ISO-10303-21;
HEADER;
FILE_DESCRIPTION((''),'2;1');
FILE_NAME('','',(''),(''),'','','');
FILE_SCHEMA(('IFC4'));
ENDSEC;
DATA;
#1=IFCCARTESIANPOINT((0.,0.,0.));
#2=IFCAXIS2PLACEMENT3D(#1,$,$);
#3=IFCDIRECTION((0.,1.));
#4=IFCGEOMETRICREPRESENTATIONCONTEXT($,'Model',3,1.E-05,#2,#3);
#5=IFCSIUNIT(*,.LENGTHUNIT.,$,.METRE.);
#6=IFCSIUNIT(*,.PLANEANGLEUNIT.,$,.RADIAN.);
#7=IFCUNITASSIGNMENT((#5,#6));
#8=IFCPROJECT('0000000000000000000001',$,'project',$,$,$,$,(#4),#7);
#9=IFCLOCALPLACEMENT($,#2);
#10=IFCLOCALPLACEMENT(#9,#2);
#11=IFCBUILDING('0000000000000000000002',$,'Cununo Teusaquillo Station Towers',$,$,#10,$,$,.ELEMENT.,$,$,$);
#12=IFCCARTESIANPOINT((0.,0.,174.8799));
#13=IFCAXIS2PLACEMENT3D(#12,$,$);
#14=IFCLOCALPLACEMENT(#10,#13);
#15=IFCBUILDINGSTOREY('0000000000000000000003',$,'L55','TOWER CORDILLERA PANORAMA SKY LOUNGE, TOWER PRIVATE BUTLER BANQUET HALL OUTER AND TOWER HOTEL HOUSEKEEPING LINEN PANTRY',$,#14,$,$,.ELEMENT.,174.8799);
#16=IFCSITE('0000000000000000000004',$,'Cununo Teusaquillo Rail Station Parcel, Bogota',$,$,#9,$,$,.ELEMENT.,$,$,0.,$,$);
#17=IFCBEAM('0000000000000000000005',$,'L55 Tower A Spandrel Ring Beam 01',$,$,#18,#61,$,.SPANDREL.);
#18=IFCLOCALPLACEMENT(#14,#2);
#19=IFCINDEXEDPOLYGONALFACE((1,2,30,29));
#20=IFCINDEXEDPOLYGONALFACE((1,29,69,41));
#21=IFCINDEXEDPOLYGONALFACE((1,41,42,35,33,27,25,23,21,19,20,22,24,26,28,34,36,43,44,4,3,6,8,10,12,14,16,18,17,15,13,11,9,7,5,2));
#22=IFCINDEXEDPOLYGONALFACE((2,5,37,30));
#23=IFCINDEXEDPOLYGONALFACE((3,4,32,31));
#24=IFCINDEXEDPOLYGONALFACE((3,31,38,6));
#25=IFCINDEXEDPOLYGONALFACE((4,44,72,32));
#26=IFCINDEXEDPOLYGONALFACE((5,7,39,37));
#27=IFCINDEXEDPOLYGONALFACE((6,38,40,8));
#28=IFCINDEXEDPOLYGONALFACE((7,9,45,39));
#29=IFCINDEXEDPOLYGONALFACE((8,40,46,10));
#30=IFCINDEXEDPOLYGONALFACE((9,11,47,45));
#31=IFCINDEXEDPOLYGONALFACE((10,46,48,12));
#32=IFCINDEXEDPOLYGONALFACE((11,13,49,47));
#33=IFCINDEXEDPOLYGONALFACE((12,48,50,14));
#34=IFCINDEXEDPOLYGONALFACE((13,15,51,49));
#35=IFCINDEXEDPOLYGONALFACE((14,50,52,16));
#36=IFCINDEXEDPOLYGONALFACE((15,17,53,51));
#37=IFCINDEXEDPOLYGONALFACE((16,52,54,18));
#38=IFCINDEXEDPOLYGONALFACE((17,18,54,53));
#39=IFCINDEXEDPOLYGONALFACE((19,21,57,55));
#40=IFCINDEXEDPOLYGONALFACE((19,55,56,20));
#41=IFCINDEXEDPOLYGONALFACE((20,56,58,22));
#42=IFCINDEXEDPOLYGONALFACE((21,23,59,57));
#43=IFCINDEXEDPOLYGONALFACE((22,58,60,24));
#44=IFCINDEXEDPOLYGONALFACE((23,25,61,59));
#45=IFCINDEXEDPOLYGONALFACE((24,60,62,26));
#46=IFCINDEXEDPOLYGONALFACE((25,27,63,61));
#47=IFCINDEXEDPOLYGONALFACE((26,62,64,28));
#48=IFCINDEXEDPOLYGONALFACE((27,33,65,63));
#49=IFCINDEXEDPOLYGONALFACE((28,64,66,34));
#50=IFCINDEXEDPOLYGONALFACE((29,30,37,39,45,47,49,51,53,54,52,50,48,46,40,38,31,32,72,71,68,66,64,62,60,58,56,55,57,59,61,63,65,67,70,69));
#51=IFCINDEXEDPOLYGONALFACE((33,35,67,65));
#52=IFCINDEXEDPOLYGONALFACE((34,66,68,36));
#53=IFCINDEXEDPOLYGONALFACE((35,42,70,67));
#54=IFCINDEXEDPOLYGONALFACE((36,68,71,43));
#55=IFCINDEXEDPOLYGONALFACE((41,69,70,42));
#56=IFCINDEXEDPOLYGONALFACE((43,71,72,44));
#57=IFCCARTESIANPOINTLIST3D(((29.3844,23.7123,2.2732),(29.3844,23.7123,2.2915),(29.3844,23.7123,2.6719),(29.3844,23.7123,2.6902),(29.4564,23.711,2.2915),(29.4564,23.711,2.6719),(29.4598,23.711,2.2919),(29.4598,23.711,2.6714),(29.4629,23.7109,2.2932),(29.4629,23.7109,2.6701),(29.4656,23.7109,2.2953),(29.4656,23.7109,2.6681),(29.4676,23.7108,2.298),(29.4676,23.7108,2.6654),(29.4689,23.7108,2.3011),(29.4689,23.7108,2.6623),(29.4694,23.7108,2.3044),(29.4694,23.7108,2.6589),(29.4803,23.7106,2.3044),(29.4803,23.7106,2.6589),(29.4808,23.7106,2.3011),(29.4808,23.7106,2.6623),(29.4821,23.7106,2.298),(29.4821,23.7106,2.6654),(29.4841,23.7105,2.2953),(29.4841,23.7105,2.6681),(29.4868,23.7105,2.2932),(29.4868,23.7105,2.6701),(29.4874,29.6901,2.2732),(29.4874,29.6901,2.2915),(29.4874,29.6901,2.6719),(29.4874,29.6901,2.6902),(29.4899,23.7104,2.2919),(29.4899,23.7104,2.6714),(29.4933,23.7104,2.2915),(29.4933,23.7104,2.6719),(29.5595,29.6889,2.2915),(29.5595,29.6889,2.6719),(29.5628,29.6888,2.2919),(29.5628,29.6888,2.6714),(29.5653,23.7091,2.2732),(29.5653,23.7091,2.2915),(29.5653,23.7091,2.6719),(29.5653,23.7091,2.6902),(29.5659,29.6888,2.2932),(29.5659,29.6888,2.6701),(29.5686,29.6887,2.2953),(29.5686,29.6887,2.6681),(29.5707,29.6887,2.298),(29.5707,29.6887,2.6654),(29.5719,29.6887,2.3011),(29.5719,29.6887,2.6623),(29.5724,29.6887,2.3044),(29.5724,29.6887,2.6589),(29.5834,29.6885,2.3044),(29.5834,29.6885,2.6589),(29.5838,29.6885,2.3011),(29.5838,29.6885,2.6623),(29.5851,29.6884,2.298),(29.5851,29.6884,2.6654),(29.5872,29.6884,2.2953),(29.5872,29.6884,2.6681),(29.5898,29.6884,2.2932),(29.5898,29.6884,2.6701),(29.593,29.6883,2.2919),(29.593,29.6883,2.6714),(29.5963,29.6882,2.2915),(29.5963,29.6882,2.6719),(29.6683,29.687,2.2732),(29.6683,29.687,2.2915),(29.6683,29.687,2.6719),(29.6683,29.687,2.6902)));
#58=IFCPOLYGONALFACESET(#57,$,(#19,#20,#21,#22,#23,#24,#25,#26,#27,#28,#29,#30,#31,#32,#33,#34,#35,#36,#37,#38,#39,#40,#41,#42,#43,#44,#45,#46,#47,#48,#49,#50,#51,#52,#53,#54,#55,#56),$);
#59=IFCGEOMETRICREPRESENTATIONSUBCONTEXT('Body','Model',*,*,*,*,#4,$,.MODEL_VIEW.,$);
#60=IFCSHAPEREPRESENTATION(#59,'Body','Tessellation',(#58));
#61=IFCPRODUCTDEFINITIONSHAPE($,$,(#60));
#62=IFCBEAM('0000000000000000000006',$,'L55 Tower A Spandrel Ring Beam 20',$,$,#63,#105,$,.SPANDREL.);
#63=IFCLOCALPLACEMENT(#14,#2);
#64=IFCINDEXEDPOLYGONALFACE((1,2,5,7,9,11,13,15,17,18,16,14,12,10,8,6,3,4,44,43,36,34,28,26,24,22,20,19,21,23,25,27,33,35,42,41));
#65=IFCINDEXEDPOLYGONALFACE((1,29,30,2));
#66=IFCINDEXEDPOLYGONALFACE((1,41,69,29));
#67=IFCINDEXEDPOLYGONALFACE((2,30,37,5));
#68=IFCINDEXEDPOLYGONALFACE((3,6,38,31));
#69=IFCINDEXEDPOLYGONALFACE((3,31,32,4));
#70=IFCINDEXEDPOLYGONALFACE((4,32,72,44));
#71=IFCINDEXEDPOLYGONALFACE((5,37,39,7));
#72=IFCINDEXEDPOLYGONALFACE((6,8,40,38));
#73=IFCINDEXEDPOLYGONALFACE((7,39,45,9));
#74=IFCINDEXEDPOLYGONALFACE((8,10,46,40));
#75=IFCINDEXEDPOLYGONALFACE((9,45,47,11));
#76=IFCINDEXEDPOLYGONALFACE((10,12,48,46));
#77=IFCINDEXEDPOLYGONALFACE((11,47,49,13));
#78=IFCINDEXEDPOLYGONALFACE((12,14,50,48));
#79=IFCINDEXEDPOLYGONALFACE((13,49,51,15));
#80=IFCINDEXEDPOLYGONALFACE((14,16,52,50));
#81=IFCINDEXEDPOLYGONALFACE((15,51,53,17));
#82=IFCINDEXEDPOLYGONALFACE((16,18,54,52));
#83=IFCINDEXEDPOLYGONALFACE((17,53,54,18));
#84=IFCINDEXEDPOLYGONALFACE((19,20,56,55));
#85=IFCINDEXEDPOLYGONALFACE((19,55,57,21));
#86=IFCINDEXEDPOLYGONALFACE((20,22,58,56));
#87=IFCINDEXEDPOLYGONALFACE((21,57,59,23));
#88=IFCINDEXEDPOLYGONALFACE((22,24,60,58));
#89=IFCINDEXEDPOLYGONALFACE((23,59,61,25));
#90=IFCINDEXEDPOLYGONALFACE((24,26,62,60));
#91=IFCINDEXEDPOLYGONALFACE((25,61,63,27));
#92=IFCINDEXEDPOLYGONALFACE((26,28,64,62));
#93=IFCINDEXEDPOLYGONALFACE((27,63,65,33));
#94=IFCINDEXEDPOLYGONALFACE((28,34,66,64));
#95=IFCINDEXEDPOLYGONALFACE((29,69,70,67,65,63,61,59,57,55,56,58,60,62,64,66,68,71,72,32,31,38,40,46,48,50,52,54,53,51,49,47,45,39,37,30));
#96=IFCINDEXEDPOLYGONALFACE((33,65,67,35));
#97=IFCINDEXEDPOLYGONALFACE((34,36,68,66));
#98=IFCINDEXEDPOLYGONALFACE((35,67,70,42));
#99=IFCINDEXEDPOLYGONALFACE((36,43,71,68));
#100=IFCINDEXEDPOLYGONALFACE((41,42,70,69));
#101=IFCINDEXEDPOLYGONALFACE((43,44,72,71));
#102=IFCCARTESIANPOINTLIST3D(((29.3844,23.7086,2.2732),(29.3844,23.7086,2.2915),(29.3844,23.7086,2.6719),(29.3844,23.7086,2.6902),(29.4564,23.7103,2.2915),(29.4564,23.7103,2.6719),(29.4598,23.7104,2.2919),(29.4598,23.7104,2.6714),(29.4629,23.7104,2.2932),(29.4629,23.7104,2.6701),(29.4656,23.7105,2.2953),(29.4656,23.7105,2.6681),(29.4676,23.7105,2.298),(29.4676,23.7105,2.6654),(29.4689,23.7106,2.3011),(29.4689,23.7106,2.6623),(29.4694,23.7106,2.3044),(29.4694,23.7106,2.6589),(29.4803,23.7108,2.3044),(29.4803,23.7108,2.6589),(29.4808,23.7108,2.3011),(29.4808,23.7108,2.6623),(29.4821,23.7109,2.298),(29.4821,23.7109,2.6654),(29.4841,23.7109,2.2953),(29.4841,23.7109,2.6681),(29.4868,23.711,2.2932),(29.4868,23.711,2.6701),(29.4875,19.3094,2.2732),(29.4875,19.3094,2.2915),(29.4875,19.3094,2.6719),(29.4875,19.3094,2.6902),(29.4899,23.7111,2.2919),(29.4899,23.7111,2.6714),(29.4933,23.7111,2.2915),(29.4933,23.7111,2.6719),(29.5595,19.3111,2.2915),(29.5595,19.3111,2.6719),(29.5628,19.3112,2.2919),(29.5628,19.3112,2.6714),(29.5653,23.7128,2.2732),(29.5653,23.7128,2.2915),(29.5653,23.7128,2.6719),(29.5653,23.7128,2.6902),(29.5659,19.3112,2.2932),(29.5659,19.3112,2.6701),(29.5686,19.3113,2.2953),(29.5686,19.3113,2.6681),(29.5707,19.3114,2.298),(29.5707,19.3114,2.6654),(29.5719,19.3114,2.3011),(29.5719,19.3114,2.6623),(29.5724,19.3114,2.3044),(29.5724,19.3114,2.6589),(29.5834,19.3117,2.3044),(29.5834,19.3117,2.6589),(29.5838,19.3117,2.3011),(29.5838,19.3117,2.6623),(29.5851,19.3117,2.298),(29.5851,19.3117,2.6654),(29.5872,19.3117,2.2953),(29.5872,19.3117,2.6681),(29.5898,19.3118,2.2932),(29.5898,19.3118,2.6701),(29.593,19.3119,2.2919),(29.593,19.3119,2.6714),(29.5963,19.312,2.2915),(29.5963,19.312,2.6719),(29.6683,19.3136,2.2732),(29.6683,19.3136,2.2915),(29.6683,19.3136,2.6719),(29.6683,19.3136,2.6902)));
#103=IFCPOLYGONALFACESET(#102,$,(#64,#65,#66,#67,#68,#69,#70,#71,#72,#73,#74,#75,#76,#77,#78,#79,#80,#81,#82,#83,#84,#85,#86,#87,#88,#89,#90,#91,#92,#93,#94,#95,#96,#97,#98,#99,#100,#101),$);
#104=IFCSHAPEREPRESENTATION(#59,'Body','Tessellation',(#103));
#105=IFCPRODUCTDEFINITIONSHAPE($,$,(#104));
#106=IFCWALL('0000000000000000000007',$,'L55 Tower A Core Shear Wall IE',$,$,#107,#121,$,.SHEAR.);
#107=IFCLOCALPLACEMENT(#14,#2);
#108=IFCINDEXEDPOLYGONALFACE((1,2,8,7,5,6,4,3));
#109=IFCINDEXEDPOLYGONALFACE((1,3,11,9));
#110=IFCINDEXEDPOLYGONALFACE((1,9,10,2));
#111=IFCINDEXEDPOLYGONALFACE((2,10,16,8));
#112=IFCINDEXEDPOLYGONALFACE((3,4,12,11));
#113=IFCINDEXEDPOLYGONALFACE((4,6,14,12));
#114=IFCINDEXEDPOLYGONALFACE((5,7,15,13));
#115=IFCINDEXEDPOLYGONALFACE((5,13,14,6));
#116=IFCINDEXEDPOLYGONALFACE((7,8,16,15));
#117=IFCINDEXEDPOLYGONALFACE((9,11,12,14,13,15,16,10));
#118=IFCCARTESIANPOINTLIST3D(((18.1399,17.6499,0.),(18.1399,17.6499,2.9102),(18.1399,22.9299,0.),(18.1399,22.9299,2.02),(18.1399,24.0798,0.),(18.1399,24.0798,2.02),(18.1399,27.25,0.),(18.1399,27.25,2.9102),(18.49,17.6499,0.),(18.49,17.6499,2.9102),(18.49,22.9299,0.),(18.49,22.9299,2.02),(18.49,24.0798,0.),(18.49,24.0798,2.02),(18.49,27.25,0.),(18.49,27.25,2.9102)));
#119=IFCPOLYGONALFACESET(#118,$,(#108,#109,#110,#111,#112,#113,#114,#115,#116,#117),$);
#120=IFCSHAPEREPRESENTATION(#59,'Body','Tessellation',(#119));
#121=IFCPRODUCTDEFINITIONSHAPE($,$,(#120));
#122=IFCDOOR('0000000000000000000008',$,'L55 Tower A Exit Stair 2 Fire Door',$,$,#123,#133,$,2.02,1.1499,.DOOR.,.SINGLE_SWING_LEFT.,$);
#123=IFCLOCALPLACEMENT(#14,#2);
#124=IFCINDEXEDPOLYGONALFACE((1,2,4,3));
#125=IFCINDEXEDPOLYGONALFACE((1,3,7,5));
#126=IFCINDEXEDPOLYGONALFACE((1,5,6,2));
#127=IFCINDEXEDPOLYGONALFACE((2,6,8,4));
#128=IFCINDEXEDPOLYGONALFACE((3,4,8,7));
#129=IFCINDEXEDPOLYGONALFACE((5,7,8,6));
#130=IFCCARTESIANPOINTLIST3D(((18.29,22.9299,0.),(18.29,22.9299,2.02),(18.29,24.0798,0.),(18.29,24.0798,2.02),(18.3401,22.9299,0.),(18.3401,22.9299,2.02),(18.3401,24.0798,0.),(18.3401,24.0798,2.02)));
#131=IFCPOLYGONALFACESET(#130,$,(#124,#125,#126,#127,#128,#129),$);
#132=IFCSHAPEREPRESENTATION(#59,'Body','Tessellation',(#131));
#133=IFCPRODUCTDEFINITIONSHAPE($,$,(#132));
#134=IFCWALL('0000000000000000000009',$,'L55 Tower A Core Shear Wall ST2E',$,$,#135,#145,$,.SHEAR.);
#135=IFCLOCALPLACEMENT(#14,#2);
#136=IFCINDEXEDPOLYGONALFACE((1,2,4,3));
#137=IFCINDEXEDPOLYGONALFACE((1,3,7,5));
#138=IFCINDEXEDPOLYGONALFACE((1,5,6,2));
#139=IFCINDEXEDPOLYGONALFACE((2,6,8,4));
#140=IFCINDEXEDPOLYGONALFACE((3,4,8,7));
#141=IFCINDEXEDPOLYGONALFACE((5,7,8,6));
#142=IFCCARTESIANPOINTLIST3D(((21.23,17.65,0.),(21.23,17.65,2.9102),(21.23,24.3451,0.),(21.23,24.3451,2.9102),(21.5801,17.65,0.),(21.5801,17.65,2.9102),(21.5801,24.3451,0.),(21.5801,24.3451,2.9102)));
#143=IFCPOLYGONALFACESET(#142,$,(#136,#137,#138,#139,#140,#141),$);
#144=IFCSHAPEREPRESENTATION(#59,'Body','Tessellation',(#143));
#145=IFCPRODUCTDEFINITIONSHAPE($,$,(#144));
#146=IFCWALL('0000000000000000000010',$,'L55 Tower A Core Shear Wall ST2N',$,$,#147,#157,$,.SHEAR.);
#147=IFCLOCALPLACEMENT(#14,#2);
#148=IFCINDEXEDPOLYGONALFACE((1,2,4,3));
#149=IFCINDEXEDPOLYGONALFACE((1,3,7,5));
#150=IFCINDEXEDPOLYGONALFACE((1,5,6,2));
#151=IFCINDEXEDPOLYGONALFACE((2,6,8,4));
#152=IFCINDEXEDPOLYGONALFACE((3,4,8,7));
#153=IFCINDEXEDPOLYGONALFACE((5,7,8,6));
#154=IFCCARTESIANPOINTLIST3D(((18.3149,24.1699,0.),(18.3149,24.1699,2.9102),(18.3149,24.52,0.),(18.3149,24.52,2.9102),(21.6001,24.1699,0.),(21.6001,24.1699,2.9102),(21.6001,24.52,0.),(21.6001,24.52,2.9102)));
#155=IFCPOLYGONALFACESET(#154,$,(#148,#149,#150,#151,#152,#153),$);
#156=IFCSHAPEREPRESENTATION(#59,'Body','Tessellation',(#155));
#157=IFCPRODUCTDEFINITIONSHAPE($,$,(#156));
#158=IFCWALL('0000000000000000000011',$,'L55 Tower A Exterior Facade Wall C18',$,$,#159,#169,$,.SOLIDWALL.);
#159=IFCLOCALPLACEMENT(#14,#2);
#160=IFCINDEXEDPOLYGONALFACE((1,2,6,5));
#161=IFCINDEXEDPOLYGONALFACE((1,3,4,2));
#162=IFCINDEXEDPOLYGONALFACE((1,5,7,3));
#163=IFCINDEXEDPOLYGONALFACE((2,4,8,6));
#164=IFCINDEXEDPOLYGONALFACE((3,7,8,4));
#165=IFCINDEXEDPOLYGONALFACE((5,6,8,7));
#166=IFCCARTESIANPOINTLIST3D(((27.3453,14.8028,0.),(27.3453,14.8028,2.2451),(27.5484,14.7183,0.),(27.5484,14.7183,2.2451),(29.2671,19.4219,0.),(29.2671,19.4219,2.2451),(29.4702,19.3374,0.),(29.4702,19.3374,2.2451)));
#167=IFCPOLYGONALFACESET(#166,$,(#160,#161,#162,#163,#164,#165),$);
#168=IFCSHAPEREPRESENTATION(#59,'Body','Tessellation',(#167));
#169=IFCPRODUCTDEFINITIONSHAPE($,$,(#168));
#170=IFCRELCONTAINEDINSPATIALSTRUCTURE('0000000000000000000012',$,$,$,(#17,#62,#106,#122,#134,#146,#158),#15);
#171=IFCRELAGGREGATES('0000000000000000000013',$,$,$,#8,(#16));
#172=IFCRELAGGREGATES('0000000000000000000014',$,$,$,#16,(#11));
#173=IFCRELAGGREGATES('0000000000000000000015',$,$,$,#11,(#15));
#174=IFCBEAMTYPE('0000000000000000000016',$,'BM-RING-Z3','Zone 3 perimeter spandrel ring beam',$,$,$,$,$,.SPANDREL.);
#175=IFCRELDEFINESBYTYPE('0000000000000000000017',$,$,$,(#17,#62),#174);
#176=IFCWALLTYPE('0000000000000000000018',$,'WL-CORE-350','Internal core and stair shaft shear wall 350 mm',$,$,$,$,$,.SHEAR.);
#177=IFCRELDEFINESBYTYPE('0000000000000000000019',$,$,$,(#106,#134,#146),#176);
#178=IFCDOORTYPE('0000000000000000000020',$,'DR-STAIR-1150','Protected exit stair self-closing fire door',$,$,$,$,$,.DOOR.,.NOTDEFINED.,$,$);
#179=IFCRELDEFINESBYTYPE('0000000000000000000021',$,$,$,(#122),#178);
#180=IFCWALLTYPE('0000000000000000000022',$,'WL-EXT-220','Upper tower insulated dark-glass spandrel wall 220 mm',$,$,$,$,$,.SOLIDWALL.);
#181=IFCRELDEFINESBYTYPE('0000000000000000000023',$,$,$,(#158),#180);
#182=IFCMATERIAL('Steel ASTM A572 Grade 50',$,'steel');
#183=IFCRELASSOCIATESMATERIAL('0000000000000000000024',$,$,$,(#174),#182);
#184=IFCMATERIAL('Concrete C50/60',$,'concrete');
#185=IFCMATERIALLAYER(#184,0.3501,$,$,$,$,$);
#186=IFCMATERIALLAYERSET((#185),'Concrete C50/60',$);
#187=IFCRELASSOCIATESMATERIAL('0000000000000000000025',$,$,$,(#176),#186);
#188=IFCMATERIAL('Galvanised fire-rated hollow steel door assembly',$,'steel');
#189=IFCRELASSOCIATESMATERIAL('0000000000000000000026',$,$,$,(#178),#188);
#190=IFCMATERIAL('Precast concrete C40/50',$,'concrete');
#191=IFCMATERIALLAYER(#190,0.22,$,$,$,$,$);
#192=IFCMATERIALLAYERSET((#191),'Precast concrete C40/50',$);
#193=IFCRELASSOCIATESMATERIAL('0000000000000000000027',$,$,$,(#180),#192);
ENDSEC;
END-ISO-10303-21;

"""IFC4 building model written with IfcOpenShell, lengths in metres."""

from ifc_helpers import new_model, si_unit, direction, frame, frame_2d, origin, origin_2d, place, context, subcontext, project, spatial, rectangle, i_section, extrude, source, transform, mapped, material, layer, layer_set, material_profile, profile_set, type_object, element, fill, save


model = new_model("IFC4")

# Units and contexts
model_context = context("Model", 3, precision=1e-05, world=origin(), true_north=direction((0.0, 1.0)))
body_context = subcontext(model_context, "Body", "Model", "MODEL_VIEW")
ifc_project = project(units=[si_unit("LENGTHUNIT", "METRE"), si_unit("PLANEANGLEUNIT", "RADIAN")], contexts=[model_context])

# Site, building, storey
site_placement = place(None, origin())
site = spatial("IfcSite", under=ifc_project, at=site_placement, Name="Cununo Teusaquillo Rail Station Parcel, Bogota", CompositionType="ELEMENT", RefElevation=0.0)
building_placement = place(site_placement, origin())
building = spatial("IfcBuilding", under=site, at=building_placement, Name="Cununo Teusaquillo Station Towers", CompositionType="ELEMENT")
storey_placement = place(building_placement, frame((0.0, 0.0, 174.8799)))
storey = spatial("IfcBuildingStorey", under=building, at=storey_placement, Name="L55", Description="TOWER CORDILLERA PANORAMA SKY LOUNGE, TOWER PRIVATE BUTLER BANQUET HALL OUTER AND TOWER HOTEL HOUSEKEEPING LINEN PANTRY", CompositionType="ELEMENT", Elevation=174.8799)

# Beams
ifc_material_1 = material(Name="Steel ASTM A572 Grade 50", Category="steel")
ifc_material_profile_1 = material_profile(ifc_material_1, i_section(OverallWidth=0.1809, OverallDepth=0.417, WebThickness=0.011, FlangeThickness=0.0183, FilletRadius=0.0129, at=origin_2d()), Name="W16X57")
ifc_profile_set_1 = profile_set([ifc_material_profile_1], Name="Steel ASTM A572 Grade 50")
beam_type_1 = type_object("IfcBeamType", Name="BM-RING-Z3", Description="Zone 3 perimeter spandrel ring beam", PredefinedType="SPANDREL", material=ifc_profile_set_1)
beam_1_placement = place(storey_placement, frame((29.4749, 23.7107, 2.4817), z_axis=(0.017232, 0.999852, 0.0), x_axis=(-0.999852, 0.017232, 0.0)))
element("IfcBeam", 1, at=beam_1_placement, inside=storey, type_object=beam_type_1, Name="L55 Tower A Spandrel Ring Beam 01", PredefinedType="SPANDREL", context=body_context, shape_type="SweptSolid", body=[
    extrude(i_section(OverallWidth=0.1809, OverallDepth=0.417, WebThickness=0.011, FlangeThickness=0.0183, FilletRadius=0.0129, at=origin_2d()), origin(), (0.0, 0.0, 1.0), 5.9788),
])
beam_2_placement = place(storey_placement, frame((29.5779, 19.3115, 2.4817), z_axis=(-0.023413, 0.999726, 0.0), x_axis=(-0.999726, -0.023413, 0.0)))
element("IfcBeam", 2, at=beam_2_placement, inside=storey, type_object=beam_type_1, Name="L55 Tower A Spandrel Ring Beam 20", PredefinedType="SPANDREL", context=body_context, shape_type="SweptSolid", body=[
    extrude(i_section(OverallWidth=0.1809, OverallDepth=0.417, WebThickness=0.011, FlangeThickness=0.0183, FilletRadius=0.0129, at=origin_2d()), origin(), (0.0, 0.0, 1.0), 4.4004),
])

# Wall, opening, door
ifc_material_2 = material(Name="Concrete C50/60", Category="concrete")
ifc_layer_1 = layer(ifc_material_2, 0.3501)
ifc_layer_set_1 = layer_set([ifc_layer_1], Name="Concrete C50/60")
wall_type_1 = type_object("IfcWallType", Name="WL-CORE-350", Description="Internal core and stair shaft shear wall 350 mm", PredefinedType="SHEAR", material=ifc_layer_set_1)
wall_1_placement = place(storey_placement, frame((18.3149, 17.6499, 0.0), z_axis=(0.0, 0.0, 1.0), x_axis=(0.0, 1.0, 0.0)))
wall_1 = element("IfcWall", 3, at=wall_1_placement, inside=storey, type_object=wall_type_1, Name="L55 Tower A Core Shear Wall IE", PredefinedType="SHEAR", context=body_context, shape_type="SweptSolid", body=[
    extrude(rectangle(XDim=9.6001, YDim=0.3501, at=frame_2d((4.8, 0.0))), origin(), (0.0, 0.0, 1.0), 2.9102),
])
shared_shape_1 = source(origin(), body_context, "Body", "SweptSolid", [
    extrude(rectangle(XDim=1.1499, YDim=2.02, at=frame_2d((0.575, 1.01))), frame((0.0, 0.1851, 0.0), z_axis=(0.0, -1.0, 0.0), x_axis=(1.0, 0.0, 0.0)), (0.0, 0.0, 1.0), 0.3701),
])
opening_1_placement = place(wall_1_placement, frame((5.28, 0.0, 0.0)))
opening_1 = element("IfcOpeningElement", 4, at=opening_1_placement, cuts=wall_1, PredefinedType="OPENING", context=body_context, shape_type="MappedRepresentation", body=[
    mapped(shared_shape_1, transform((0.0, 0.0, 0.0), x_axis=(1.0, 0.0, 0.0), y_axis=(0.0, 1.0, 0.0), z_axis=(0.0, 0.0, 1.0), scale=1.0)),
])
ifc_material_3 = material(Name="Galvanised fire-rated hollow steel door assembly", Category="steel")
door_type_1 = type_object("IfcDoorType", Name="DR-STAIR-1150", Description="Protected exit stair self-closing fire door", OperationType="NOTDEFINED", PredefinedType="DOOR", material=ifc_material_3)
shared_shape_2 = source(origin(), body_context, "Body", "SweptSolid", [
    extrude(rectangle(XDim=1.1499, YDim=2.02, at=frame_2d((0.575, 1.01))), frame((0.0, 0.0249, 0.0), z_axis=(0.0, -1.0, 0.0), x_axis=(1.0, 0.0, 0.0)), (0.0, 0.0, 1.0), 0.05),
])
door_1_placement = place(opening_1_placement, origin())
door_1 = element("IfcDoor", 5, at=door_1_placement, inside=storey, type_object=door_type_1, Name="L55 Tower A Exit Stair 2 Fire Door", OperationType="SINGLE_SWING_LEFT", OverallHeight=2.02, OverallWidth=1.1499, PredefinedType="DOOR", context=body_context, shape_type="MappedRepresentation", body=[
    mapped(shared_shape_2, transform((0.0, 0.0, 0.0), x_axis=(1.0, 0.0, 0.0), y_axis=(0.0, 1.0, 0.0), z_axis=(0.0, 0.0, 1.0), scale=1.0)),
])
fill(opening_1, door_1)

# Walls
wall_2_placement = place(storey_placement, frame((21.405, 17.6499, 0.0), z_axis=(0.0, 0.0, 1.0), x_axis=(0.0, 1.0, 0.0)))
element("IfcWall", 6, at=wall_2_placement, inside=storey, type_object=wall_type_1, Name="L55 Tower A Core Shear Wall ST2E", PredefinedType="SHEAR", context=body_context, shape_type="SweptSolid", body=[
    extrude(rectangle(XDim=6.6951, YDim=0.3501, at=frame_2d((3.3477, 0.0))), origin(), (0.0, 0.0, 1.0), 2.9102),
])
wall_3_placement = place(storey_placement, frame((18.3149, 24.345, 0.0), z_axis=(0.0, 0.0, 1.0), x_axis=(1.0, 0.0, 0.0)))
element("IfcWall", 7, at=wall_3_placement, inside=storey, type_object=wall_type_1, Name="L55 Tower A Core Shear Wall ST2N", PredefinedType="SHEAR", context=body_context, shape_type="SweptSolid", body=[
    extrude(rectangle(XDim=3.2852, YDim=0.3501, at=frame_2d((1.6426, 0.0))), origin(), (0.0, 0.0, 1.0), 2.9102),
])
ifc_material_4 = material(Name="Precast concrete C40/50", Category="concrete")
ifc_layer_2 = layer(ifc_material_4, 0.22)
ifc_layer_set_2 = layer_set([ifc_layer_2], Name="Precast concrete C40/50")
wall_type_2 = type_object("IfcWallType", Name="WL-EXT-220", Description="Upper tower insulated dark-glass spandrel wall 220 mm", PredefinedType="SOLIDWALL", material=ifc_layer_set_2)
wall_4_placement = place(storey_placement, frame((29.3687, 19.3796, 0.0), z_axis=(0.0, 0.0, 1.0), x_axis=(-0.384144, -0.923273, 0.0)))
element("IfcWall", 8, at=wall_4_placement, inside=storey, type_object=wall_type_2, Name="L55 Tower A Exterior Facade Wall C18", PredefinedType="SOLIDWALL", context=body_context, shape_type="SweptSolid", body=[
    extrude(rectangle(XDim=5.0029, YDim=0.22, at=frame_2d((2.5015, 0.0))), origin(), (0.0, 0.0, 1.0), 2.2451),
])

save(model, "model.ifc")
